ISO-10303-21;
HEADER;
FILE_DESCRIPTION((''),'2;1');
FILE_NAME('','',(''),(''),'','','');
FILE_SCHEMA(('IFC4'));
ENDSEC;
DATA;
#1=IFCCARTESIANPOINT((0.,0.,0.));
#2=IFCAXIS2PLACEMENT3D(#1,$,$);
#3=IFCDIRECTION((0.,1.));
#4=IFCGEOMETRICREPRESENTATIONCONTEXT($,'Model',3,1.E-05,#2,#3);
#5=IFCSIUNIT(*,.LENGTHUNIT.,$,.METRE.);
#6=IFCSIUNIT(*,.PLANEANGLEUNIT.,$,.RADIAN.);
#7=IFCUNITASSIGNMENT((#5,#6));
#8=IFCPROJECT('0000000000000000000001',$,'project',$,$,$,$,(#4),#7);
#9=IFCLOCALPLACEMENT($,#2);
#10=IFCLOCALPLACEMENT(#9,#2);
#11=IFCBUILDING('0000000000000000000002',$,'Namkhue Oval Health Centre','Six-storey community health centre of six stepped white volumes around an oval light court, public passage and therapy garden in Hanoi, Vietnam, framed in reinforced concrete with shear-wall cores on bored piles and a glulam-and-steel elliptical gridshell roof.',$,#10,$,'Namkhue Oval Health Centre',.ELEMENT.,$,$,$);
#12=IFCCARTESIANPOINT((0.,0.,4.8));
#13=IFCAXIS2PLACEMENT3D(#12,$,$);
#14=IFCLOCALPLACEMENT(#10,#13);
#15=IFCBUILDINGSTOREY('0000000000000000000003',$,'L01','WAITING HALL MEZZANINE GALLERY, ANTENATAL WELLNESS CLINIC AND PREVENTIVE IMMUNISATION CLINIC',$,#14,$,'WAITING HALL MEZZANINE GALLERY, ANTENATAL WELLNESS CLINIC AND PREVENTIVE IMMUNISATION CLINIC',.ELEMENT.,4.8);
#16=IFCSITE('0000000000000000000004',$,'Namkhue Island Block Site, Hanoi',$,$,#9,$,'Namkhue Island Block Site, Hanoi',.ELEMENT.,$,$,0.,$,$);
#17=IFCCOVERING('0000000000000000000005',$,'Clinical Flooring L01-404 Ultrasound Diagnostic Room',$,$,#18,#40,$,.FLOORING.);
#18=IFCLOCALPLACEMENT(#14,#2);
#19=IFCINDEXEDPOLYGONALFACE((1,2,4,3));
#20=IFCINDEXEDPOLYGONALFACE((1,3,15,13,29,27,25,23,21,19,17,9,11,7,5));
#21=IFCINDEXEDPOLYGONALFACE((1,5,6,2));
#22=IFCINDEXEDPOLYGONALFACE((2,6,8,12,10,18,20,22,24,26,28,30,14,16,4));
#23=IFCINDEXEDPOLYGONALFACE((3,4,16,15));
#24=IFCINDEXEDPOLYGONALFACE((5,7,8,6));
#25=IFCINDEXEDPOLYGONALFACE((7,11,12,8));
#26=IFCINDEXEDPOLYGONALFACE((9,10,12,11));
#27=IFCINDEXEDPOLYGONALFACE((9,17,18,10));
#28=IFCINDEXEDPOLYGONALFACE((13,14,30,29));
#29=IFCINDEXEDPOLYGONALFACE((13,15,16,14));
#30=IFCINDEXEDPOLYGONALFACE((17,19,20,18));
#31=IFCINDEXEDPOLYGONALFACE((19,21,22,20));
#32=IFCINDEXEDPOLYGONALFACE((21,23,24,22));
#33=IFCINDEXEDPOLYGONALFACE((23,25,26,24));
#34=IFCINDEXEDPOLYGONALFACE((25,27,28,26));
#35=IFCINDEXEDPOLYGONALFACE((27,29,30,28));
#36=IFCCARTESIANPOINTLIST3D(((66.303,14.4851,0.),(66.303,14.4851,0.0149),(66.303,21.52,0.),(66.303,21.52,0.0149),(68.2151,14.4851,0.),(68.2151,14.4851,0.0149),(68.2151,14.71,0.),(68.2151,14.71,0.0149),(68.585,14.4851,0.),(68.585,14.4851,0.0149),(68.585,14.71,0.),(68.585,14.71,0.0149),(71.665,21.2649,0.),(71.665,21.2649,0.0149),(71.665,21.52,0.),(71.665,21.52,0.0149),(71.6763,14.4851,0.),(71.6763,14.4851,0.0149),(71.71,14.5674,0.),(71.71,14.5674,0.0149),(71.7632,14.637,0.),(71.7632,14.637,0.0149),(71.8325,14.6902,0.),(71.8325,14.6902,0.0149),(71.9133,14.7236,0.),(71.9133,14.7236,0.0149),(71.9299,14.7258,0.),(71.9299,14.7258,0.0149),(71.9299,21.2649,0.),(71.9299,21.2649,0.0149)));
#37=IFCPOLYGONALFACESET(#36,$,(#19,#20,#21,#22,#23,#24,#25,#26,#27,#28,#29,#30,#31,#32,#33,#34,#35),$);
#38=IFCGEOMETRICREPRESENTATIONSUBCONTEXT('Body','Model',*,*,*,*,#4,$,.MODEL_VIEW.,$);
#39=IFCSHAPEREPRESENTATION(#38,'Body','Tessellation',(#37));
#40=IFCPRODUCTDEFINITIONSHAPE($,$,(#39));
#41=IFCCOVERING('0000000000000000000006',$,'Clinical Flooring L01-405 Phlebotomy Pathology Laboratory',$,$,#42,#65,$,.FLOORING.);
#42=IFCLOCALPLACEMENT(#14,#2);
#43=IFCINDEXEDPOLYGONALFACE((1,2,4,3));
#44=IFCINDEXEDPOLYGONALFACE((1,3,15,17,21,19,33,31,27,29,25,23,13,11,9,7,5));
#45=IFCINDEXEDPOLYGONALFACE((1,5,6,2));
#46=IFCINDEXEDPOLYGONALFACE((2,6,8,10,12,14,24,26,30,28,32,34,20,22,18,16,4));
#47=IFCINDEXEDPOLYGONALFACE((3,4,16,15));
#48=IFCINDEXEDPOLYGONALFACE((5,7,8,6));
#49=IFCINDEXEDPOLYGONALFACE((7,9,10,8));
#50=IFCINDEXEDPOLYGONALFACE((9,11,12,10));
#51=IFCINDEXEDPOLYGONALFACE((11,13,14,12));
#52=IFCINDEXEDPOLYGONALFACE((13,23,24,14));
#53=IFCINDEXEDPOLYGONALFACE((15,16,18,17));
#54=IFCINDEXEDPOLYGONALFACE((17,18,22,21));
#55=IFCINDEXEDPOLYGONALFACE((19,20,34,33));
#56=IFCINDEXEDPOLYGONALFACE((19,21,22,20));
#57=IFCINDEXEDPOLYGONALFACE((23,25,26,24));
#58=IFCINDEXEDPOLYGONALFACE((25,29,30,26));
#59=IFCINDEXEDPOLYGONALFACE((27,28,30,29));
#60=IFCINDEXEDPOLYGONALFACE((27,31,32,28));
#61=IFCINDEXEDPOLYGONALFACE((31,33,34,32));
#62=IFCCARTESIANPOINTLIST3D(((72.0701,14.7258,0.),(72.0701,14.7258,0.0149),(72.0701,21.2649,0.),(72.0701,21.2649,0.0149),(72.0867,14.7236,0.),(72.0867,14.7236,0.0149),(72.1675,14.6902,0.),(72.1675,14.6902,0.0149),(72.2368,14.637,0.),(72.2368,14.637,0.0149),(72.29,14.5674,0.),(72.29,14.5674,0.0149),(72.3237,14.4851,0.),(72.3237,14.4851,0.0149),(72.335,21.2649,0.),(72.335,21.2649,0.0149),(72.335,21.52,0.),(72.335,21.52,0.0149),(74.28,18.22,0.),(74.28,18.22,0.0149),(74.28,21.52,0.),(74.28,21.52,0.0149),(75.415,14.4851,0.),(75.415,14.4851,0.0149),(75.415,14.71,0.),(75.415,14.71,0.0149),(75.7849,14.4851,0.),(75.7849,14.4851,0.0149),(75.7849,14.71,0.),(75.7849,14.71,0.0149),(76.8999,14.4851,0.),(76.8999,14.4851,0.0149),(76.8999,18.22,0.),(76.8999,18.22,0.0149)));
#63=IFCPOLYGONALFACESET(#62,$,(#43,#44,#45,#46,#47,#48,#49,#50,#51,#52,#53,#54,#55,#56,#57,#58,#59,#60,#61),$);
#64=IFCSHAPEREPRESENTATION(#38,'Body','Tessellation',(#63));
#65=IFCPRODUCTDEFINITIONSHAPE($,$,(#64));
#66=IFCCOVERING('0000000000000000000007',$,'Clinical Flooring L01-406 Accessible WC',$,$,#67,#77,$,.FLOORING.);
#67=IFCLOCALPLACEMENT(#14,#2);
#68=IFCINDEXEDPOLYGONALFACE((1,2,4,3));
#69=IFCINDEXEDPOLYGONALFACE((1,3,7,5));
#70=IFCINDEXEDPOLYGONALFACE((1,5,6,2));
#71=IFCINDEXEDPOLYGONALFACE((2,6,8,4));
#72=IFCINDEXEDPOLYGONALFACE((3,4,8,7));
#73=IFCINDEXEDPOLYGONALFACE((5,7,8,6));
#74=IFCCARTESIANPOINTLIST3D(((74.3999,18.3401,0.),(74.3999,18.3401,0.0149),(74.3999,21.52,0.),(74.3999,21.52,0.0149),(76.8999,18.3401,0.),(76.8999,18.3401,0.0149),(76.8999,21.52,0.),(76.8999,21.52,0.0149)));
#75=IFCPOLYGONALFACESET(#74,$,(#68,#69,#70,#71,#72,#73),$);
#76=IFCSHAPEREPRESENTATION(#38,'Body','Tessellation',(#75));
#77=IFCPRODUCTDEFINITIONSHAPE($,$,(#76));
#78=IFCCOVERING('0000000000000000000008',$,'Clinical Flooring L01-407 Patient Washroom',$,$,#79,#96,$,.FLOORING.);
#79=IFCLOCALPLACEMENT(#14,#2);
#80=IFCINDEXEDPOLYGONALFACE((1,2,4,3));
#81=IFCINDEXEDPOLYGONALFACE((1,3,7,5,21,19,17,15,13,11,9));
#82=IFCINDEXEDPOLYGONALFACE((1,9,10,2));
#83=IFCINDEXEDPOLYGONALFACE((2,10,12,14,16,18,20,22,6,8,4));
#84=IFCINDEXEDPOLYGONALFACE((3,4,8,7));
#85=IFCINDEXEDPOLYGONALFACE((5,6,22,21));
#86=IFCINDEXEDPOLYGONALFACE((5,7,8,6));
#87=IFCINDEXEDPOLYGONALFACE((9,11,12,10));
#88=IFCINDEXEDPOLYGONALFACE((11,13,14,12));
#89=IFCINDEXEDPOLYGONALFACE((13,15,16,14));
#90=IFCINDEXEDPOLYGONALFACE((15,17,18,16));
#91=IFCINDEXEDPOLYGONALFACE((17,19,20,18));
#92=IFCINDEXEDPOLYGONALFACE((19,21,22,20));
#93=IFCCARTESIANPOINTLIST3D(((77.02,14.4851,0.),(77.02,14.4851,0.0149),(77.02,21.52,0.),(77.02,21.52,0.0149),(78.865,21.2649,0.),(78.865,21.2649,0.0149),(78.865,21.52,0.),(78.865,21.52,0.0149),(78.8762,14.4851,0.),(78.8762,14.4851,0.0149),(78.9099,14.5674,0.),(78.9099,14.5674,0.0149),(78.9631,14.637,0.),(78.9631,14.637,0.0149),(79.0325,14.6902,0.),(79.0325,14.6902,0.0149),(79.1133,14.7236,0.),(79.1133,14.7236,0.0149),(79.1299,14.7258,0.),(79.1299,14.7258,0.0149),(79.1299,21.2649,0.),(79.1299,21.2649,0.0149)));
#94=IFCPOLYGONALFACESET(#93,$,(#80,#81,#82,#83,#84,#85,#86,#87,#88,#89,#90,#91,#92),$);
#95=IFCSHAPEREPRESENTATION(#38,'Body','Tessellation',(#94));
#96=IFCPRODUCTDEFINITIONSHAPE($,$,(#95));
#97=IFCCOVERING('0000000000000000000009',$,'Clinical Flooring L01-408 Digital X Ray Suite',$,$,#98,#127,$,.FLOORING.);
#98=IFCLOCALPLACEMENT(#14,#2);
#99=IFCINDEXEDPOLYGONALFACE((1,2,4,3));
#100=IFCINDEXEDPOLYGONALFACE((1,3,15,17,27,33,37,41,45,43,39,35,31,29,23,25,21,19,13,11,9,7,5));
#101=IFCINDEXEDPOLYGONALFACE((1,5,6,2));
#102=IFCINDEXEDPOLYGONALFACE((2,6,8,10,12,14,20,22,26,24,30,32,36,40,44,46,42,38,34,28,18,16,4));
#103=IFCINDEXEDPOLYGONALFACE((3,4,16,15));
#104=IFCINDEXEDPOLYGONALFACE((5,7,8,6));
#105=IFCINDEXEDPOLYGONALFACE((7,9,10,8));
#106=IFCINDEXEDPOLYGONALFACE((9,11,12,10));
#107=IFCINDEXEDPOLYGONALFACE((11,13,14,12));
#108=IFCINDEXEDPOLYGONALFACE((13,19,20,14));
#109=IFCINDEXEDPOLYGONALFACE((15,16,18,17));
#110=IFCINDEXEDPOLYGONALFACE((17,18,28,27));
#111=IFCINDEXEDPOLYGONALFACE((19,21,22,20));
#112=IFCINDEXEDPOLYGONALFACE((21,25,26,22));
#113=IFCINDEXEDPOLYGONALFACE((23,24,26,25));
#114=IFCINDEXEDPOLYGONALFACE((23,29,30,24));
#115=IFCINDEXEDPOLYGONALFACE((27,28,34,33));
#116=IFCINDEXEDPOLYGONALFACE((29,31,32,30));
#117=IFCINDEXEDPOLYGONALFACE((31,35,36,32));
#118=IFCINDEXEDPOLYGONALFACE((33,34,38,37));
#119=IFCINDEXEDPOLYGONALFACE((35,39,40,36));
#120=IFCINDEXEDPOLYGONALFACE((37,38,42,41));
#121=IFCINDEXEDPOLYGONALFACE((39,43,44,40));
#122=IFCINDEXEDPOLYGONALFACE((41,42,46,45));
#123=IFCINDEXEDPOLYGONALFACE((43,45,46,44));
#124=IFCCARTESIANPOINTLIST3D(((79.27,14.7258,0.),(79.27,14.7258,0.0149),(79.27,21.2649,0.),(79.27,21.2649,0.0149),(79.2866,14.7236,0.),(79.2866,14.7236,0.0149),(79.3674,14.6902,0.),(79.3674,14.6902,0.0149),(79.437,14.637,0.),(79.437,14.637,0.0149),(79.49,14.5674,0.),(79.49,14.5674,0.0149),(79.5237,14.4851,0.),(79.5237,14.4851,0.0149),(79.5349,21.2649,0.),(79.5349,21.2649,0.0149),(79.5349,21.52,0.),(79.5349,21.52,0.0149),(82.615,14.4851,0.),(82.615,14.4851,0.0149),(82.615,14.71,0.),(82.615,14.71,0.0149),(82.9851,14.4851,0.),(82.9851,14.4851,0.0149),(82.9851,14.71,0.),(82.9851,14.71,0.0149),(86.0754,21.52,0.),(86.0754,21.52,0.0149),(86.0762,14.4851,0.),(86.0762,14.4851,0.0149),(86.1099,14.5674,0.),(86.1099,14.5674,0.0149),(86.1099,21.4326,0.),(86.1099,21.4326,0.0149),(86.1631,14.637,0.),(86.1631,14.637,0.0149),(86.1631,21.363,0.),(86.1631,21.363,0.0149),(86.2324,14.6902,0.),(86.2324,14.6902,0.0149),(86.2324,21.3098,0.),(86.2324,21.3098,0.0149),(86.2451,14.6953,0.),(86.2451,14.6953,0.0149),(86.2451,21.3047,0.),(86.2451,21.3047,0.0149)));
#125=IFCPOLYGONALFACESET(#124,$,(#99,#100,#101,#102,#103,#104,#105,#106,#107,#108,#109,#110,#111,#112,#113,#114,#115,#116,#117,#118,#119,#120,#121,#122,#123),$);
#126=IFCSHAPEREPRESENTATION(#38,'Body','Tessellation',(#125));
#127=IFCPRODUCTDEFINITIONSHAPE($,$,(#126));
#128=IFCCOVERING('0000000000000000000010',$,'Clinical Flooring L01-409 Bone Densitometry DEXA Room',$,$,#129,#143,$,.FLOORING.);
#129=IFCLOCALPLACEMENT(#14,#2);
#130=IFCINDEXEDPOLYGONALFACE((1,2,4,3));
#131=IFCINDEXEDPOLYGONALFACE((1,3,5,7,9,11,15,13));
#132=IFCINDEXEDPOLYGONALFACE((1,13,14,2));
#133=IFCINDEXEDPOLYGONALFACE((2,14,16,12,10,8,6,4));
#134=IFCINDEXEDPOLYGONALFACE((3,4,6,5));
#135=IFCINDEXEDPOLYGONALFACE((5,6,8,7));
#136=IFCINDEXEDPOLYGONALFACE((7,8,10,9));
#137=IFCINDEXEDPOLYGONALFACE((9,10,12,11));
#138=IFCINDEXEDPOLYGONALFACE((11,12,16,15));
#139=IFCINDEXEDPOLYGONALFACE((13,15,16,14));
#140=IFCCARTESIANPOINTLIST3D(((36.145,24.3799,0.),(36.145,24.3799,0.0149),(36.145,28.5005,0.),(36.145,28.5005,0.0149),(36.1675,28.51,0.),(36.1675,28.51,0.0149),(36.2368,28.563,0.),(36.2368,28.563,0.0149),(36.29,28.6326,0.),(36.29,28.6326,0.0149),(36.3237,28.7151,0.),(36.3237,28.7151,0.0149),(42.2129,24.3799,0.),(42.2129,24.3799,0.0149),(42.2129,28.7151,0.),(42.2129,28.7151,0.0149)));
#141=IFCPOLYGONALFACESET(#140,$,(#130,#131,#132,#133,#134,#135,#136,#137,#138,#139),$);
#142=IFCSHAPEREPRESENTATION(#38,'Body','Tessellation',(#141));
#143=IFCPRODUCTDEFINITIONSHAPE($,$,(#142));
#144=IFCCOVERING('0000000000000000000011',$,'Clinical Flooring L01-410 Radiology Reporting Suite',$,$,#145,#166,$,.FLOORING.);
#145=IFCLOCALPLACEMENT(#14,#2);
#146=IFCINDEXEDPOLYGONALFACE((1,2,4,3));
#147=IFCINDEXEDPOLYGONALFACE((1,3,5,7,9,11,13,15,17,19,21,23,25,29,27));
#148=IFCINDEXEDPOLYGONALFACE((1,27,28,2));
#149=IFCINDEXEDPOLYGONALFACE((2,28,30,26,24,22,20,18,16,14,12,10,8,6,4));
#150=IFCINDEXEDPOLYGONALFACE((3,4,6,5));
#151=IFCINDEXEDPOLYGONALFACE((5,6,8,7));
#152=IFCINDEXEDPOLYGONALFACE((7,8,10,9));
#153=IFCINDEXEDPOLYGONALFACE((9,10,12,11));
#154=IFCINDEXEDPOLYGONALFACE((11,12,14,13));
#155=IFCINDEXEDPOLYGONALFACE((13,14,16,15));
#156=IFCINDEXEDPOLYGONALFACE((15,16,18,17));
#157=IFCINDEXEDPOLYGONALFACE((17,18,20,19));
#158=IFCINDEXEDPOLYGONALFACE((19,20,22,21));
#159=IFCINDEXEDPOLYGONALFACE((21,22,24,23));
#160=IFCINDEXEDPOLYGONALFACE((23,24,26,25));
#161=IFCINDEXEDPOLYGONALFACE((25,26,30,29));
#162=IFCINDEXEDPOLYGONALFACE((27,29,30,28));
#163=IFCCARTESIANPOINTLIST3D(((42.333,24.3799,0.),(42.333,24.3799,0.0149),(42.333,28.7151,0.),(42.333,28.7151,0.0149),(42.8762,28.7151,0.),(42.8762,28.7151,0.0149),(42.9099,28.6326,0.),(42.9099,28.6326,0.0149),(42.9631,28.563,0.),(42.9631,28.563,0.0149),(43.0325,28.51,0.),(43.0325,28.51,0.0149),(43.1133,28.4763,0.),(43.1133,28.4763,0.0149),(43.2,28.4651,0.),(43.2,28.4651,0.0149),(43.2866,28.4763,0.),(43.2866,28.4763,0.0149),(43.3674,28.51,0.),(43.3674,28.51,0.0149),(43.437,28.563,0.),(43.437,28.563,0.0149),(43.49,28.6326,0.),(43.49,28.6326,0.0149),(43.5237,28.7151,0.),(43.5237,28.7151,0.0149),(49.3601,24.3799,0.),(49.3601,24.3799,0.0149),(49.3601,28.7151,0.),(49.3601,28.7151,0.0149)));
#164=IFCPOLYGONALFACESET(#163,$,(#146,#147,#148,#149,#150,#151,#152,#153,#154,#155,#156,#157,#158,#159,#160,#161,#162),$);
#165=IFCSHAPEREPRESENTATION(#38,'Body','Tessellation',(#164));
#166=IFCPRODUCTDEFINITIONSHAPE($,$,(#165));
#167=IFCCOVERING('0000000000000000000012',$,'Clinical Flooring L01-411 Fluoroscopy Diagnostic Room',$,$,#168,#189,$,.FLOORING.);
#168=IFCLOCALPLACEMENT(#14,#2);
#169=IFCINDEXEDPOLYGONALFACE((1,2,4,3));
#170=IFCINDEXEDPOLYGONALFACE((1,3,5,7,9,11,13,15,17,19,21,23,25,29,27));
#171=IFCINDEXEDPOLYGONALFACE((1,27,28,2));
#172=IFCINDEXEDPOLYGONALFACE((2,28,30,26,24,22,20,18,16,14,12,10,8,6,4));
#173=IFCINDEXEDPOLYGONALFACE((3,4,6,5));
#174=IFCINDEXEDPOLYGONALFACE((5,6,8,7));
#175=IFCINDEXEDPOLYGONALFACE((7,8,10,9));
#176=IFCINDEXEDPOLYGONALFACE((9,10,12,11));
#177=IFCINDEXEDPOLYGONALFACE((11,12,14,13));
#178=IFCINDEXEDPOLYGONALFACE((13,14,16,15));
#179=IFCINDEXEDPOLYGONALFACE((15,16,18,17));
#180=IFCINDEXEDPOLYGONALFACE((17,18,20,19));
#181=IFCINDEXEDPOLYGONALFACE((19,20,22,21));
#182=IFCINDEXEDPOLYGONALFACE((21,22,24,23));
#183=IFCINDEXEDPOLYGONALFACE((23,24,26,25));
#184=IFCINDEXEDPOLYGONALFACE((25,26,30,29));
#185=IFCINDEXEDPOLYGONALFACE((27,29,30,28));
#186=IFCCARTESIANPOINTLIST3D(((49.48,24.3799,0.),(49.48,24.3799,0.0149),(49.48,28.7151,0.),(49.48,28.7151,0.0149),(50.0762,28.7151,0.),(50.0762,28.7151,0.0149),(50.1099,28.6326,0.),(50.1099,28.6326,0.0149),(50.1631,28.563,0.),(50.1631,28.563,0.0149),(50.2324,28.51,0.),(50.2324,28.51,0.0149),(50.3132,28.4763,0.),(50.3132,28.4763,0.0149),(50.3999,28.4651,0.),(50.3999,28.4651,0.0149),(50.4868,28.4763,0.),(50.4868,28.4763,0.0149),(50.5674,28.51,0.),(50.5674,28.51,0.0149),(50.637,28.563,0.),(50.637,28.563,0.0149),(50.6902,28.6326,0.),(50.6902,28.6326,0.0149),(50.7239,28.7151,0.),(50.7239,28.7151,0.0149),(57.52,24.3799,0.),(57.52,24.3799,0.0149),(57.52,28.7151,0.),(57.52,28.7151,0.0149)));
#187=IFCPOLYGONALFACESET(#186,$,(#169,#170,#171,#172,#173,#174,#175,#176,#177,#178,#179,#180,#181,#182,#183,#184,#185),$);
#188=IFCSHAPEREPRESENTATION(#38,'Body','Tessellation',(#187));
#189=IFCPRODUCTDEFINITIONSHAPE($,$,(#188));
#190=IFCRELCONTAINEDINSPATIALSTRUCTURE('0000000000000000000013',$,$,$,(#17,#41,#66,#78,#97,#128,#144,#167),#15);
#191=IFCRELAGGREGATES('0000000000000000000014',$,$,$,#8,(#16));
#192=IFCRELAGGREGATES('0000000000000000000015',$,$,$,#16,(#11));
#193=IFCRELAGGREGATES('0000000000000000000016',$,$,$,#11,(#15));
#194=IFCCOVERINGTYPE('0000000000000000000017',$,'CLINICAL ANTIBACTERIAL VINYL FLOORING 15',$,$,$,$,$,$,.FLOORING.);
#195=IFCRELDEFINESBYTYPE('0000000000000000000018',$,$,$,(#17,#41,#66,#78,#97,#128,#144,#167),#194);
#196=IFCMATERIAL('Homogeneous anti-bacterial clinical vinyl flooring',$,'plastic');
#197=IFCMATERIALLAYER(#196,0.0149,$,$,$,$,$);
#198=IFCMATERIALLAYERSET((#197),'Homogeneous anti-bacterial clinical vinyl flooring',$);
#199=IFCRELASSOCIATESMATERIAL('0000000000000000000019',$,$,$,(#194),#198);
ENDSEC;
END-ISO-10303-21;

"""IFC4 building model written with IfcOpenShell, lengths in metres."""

from ifc_helpers import new_model, si_unit, direction, frame, origin, place, context, subcontext, project, spatial, polyline, outline, extrude, material, layer, layer_set, type_object, element, save


model = new_model("IFC4")

# Units and contexts
model_context = context("Model", 3, precision=1e-05, world=origin(), true_north=direction((0.0, 1.0)))
body_context = subcontext(model_context, "Body", "Model", "MODEL_VIEW")
ifc_project = project(units=[si_unit("LENGTHUNIT", "METRE"), si_unit("PLANEANGLEUNIT", "RADIAN")], contexts=[model_context])

# Site, building, storey
site_placement = place(None, origin())
site = spatial("IfcSite", under=ifc_project, at=site_placement, Name="Namkhue Island Block Site, Hanoi", LongName="Namkhue Island Block Site, Hanoi", CompositionType="ELEMENT", RefElevation=0.0)
building_placement = place(site_placement, origin())
building = spatial("IfcBuilding", under=site, at=building_placement, Name="Namkhue Oval Health Centre", Description="Six-storey community health centre of six stepped white volumes around an oval light court, public passage and therapy garden in Hanoi, Vietnam, framed in reinforced concrete with shear-wall cores on bored piles and a glulam-and-steel elliptical gridshell roof.", LongName="Namkhue Oval Health Centre", CompositionType="ELEMENT")
storey_placement = place(building_placement, frame((0.0, 0.0, 4.8)))
storey = spatial("IfcBuildingStorey", under=building, at=storey_placement, Name="L01", Description="WAITING HALL MEZZANINE GALLERY, ANTENATAL WELLNESS CLINIC AND PREVENTIVE IMMUNISATION CLINIC", LongName="WAITING HALL MEZZANINE GALLERY, ANTENATAL WELLNESS CLINIC AND PREVENTIVE IMMUNISATION CLINIC", CompositionType="ELEMENT", Elevation=4.8)

# Coverings
ifc_material = material(Name="Homogeneous anti-bacterial clinical vinyl flooring", Category="plastic")
ifc_layer = layer(ifc_material, 0.0149)
ifc_layer_set = layer_set([ifc_layer], Name="Homogeneous anti-bacterial clinical vinyl flooring")
covering_type = type_object("IfcCoveringType", Name="CLINICAL ANTIBACTERIAL VINYL FLOORING 15", PredefinedType="FLOORING", material=ifc_layer_set)
covering_1_placement = place(storey_placement, origin())
element("IfcCovering", 1, at=covering_1_placement, inside=storey, type_object=covering_type, Name="Clinical Flooring L01-404 Ultrasound Diagnostic Room", PredefinedType="FLOORING", context=body_context, shape_type="SweptSolid", body=[
    extrude(outline(polyline([(68.585, 14.4851), (68.585, 14.71), (68.2151, 14.71), (68.2151, 14.4851), (66.303, 14.4851), (66.303, 21.52), (71.665, 21.52), (71.665, 21.2649), (71.9299, 21.2649), (71.9299, 14.7258), (71.9133, 14.7236), (71.8325, 14.6902), (71.7632, 14.637), (71.71, 14.5674), (71.6763, 14.4851), (68.585, 14.4851)])), origin(), (0.0, 0.0, 1.0), 0.0149),
])
covering_2_placement = place(storey_placement, origin())
element("IfcCovering", 2, at=covering_2_placement, inside=storey, type_object=covering_type, Name="Clinical Flooring L01-405 Phlebotomy Pathology Laboratory", PredefinedType="FLOORING", context=body_context, shape_type="SweptSolid", body=[
    extrude(outline(polyline([(74.28, 21.52), (74.28, 18.22), (76.8999, 18.22), (76.8999, 14.4851), (75.7849, 14.4851), (75.7849, 14.71), (75.415, 14.71), (75.415, 14.4851), (72.3237, 14.4851), (72.29, 14.5674), (72.2368, 14.637), (72.1675, 14.6902), (72.0867, 14.7236), (72.0701, 14.7258), (72.0701, 21.2649), (72.335, 21.2649), (72.335, 21.52), (74.28, 21.52)])), origin(), (0.0, 0.0, 1.0), 0.0149),
])
covering_3_placement = place(storey_placement, origin())
element("IfcCovering", 3, at=covering_3_placement, inside=storey, type_object=covering_type, Name="Clinical Flooring L01-406 Accessible WC", PredefinedType="FLOORING", context=body_context, shape_type="SweptSolid", body=[
    extrude(outline(polyline([(74.3999, 18.3401), (74.3999, 21.52), (76.8999, 21.52), (76.8999, 18.3401), (74.3999, 18.3401)])), origin(), (0.0, 0.0, 1.0), 0.0149),
])
covering_4_placement = place(storey_placement, origin())
element("IfcCovering", 4, at=covering_4_placement, inside=storey, type_object=covering_type, Name="Clinical Flooring L01-407 Patient Washroom", PredefinedType="FLOORING", context=body_context, shape_type="SweptSolid", body=[
    extrude(outline(polyline([(77.02, 14.4851), (77.02, 21.52), (78.865, 21.52), (78.865, 21.2649), (79.1299, 21.2649), (79.1299, 14.7258), (79.1133, 14.7236), (79.0325, 14.6902), (78.9631, 14.637), (78.9099, 14.5674), (78.8762, 14.4851), (77.02, 14.4851)])), origin(), (0.0, 0.0, 1.0), 0.0149),
])
covering_5_placement = place(storey_placement, origin())
element("IfcCovering", 5, at=covering_5_placement, inside=storey, type_object=covering_type, Name="Clinical Flooring L01-408 Digital X Ray Suite", PredefinedType="FLOORING", context=body_context, shape_type="SweptSolid", body=[
    extrude(outline(polyline([(82.9851, 14.4851), (82.9851, 14.71), (82.615, 14.71), (82.615, 14.4851), (79.5237, 14.4851), (79.49, 14.5674), (79.437, 14.637), (79.3674, 14.6902), (79.2866, 14.7236), (79.27, 14.7258), (79.27, 21.2649), (79.5349, 21.2649), (79.5349, 21.52), (86.0754, 21.52), (86.1099, 21.4326), (86.1631, 21.363), (86.2324, 21.3098), (86.2451, 21.3047), (86.2451, 14.6953), (86.2324, 14.6902), (86.1631, 14.637), (86.1099, 14.5674), (86.0762, 14.4851), (82.9851, 14.4851)])), origin(), (0.0, 0.0, 1.0), 0.0149),
])
covering_6_placement = place(storey_placement, origin())
element("IfcCovering", 6, at=covering_6_placement, inside=storey, type_object=covering_type, Name="Clinical Flooring L01-409 Bone Densitometry DEXA Room", PredefinedType="FLOORING", context=body_context, shape_type="SweptSolid", body=[
    extrude(outline(polyline([(36.145, 24.3799), (36.145, 28.5005), (36.1675, 28.51), (36.2368, 28.563), (36.29, 28.6326), (36.3237, 28.7151), (42.2129, 28.7151), (42.2129, 24.3799), (36.145, 24.3799)])), origin(), (0.0, 0.0, 1.0), 0.0149),
])
covering_7_placement = place(storey_placement, origin())
element("IfcCovering", 7, at=covering_7_placement, inside=storey, type_object=covering_type, Name="Clinical Flooring L01-410 Radiology Reporting Suite", PredefinedType="FLOORING", context=body_context, shape_type="SweptSolid", body=[
    extrude(outline(polyline([(42.333, 24.3799), (42.333, 28.7151), (42.8762, 28.7151), (42.9099, 28.6326), (42.9631, 28.563), (43.0325, 28.51), (43.1133, 28.4763), (43.2, 28.4651), (43.2866, 28.4763), (43.3674, 28.51), (43.437, 28.563), (43.49, 28.6326), (43.5237, 28.7151), (49.3601, 28.7151), (49.3601, 24.3799), (42.333, 24.3799)])), origin(), (0.0, 0.0, 1.0), 0.0149),
])
covering_8_placement = place(storey_placement, origin())
element("IfcCovering", 8, at=covering_8_placement, inside=storey, type_object=covering_type, Name="Clinical Flooring L01-411 Fluoroscopy Diagnostic Room", PredefinedType="FLOORING", context=body_context, shape_type="SweptSolid", body=[
    extrude(outline(polyline([(49.48, 24.3799), (49.48, 28.7151), (50.0762, 28.7151), (50.1099, 28.6326), (50.1631, 28.563), (50.2324, 28.51), (50.3132, 28.4763), (50.3999, 28.4651), (50.4868, 28.4763), (50.5674, 28.51), (50.637, 28.563), (50.6902, 28.6326), (50.7239, 28.7151), (57.52, 28.7151), (57.52, 24.3799), (49.48, 24.3799)])), origin(), (0.0, 0.0, 1.0), 0.0149),
])

save(model, "model.ifc")
